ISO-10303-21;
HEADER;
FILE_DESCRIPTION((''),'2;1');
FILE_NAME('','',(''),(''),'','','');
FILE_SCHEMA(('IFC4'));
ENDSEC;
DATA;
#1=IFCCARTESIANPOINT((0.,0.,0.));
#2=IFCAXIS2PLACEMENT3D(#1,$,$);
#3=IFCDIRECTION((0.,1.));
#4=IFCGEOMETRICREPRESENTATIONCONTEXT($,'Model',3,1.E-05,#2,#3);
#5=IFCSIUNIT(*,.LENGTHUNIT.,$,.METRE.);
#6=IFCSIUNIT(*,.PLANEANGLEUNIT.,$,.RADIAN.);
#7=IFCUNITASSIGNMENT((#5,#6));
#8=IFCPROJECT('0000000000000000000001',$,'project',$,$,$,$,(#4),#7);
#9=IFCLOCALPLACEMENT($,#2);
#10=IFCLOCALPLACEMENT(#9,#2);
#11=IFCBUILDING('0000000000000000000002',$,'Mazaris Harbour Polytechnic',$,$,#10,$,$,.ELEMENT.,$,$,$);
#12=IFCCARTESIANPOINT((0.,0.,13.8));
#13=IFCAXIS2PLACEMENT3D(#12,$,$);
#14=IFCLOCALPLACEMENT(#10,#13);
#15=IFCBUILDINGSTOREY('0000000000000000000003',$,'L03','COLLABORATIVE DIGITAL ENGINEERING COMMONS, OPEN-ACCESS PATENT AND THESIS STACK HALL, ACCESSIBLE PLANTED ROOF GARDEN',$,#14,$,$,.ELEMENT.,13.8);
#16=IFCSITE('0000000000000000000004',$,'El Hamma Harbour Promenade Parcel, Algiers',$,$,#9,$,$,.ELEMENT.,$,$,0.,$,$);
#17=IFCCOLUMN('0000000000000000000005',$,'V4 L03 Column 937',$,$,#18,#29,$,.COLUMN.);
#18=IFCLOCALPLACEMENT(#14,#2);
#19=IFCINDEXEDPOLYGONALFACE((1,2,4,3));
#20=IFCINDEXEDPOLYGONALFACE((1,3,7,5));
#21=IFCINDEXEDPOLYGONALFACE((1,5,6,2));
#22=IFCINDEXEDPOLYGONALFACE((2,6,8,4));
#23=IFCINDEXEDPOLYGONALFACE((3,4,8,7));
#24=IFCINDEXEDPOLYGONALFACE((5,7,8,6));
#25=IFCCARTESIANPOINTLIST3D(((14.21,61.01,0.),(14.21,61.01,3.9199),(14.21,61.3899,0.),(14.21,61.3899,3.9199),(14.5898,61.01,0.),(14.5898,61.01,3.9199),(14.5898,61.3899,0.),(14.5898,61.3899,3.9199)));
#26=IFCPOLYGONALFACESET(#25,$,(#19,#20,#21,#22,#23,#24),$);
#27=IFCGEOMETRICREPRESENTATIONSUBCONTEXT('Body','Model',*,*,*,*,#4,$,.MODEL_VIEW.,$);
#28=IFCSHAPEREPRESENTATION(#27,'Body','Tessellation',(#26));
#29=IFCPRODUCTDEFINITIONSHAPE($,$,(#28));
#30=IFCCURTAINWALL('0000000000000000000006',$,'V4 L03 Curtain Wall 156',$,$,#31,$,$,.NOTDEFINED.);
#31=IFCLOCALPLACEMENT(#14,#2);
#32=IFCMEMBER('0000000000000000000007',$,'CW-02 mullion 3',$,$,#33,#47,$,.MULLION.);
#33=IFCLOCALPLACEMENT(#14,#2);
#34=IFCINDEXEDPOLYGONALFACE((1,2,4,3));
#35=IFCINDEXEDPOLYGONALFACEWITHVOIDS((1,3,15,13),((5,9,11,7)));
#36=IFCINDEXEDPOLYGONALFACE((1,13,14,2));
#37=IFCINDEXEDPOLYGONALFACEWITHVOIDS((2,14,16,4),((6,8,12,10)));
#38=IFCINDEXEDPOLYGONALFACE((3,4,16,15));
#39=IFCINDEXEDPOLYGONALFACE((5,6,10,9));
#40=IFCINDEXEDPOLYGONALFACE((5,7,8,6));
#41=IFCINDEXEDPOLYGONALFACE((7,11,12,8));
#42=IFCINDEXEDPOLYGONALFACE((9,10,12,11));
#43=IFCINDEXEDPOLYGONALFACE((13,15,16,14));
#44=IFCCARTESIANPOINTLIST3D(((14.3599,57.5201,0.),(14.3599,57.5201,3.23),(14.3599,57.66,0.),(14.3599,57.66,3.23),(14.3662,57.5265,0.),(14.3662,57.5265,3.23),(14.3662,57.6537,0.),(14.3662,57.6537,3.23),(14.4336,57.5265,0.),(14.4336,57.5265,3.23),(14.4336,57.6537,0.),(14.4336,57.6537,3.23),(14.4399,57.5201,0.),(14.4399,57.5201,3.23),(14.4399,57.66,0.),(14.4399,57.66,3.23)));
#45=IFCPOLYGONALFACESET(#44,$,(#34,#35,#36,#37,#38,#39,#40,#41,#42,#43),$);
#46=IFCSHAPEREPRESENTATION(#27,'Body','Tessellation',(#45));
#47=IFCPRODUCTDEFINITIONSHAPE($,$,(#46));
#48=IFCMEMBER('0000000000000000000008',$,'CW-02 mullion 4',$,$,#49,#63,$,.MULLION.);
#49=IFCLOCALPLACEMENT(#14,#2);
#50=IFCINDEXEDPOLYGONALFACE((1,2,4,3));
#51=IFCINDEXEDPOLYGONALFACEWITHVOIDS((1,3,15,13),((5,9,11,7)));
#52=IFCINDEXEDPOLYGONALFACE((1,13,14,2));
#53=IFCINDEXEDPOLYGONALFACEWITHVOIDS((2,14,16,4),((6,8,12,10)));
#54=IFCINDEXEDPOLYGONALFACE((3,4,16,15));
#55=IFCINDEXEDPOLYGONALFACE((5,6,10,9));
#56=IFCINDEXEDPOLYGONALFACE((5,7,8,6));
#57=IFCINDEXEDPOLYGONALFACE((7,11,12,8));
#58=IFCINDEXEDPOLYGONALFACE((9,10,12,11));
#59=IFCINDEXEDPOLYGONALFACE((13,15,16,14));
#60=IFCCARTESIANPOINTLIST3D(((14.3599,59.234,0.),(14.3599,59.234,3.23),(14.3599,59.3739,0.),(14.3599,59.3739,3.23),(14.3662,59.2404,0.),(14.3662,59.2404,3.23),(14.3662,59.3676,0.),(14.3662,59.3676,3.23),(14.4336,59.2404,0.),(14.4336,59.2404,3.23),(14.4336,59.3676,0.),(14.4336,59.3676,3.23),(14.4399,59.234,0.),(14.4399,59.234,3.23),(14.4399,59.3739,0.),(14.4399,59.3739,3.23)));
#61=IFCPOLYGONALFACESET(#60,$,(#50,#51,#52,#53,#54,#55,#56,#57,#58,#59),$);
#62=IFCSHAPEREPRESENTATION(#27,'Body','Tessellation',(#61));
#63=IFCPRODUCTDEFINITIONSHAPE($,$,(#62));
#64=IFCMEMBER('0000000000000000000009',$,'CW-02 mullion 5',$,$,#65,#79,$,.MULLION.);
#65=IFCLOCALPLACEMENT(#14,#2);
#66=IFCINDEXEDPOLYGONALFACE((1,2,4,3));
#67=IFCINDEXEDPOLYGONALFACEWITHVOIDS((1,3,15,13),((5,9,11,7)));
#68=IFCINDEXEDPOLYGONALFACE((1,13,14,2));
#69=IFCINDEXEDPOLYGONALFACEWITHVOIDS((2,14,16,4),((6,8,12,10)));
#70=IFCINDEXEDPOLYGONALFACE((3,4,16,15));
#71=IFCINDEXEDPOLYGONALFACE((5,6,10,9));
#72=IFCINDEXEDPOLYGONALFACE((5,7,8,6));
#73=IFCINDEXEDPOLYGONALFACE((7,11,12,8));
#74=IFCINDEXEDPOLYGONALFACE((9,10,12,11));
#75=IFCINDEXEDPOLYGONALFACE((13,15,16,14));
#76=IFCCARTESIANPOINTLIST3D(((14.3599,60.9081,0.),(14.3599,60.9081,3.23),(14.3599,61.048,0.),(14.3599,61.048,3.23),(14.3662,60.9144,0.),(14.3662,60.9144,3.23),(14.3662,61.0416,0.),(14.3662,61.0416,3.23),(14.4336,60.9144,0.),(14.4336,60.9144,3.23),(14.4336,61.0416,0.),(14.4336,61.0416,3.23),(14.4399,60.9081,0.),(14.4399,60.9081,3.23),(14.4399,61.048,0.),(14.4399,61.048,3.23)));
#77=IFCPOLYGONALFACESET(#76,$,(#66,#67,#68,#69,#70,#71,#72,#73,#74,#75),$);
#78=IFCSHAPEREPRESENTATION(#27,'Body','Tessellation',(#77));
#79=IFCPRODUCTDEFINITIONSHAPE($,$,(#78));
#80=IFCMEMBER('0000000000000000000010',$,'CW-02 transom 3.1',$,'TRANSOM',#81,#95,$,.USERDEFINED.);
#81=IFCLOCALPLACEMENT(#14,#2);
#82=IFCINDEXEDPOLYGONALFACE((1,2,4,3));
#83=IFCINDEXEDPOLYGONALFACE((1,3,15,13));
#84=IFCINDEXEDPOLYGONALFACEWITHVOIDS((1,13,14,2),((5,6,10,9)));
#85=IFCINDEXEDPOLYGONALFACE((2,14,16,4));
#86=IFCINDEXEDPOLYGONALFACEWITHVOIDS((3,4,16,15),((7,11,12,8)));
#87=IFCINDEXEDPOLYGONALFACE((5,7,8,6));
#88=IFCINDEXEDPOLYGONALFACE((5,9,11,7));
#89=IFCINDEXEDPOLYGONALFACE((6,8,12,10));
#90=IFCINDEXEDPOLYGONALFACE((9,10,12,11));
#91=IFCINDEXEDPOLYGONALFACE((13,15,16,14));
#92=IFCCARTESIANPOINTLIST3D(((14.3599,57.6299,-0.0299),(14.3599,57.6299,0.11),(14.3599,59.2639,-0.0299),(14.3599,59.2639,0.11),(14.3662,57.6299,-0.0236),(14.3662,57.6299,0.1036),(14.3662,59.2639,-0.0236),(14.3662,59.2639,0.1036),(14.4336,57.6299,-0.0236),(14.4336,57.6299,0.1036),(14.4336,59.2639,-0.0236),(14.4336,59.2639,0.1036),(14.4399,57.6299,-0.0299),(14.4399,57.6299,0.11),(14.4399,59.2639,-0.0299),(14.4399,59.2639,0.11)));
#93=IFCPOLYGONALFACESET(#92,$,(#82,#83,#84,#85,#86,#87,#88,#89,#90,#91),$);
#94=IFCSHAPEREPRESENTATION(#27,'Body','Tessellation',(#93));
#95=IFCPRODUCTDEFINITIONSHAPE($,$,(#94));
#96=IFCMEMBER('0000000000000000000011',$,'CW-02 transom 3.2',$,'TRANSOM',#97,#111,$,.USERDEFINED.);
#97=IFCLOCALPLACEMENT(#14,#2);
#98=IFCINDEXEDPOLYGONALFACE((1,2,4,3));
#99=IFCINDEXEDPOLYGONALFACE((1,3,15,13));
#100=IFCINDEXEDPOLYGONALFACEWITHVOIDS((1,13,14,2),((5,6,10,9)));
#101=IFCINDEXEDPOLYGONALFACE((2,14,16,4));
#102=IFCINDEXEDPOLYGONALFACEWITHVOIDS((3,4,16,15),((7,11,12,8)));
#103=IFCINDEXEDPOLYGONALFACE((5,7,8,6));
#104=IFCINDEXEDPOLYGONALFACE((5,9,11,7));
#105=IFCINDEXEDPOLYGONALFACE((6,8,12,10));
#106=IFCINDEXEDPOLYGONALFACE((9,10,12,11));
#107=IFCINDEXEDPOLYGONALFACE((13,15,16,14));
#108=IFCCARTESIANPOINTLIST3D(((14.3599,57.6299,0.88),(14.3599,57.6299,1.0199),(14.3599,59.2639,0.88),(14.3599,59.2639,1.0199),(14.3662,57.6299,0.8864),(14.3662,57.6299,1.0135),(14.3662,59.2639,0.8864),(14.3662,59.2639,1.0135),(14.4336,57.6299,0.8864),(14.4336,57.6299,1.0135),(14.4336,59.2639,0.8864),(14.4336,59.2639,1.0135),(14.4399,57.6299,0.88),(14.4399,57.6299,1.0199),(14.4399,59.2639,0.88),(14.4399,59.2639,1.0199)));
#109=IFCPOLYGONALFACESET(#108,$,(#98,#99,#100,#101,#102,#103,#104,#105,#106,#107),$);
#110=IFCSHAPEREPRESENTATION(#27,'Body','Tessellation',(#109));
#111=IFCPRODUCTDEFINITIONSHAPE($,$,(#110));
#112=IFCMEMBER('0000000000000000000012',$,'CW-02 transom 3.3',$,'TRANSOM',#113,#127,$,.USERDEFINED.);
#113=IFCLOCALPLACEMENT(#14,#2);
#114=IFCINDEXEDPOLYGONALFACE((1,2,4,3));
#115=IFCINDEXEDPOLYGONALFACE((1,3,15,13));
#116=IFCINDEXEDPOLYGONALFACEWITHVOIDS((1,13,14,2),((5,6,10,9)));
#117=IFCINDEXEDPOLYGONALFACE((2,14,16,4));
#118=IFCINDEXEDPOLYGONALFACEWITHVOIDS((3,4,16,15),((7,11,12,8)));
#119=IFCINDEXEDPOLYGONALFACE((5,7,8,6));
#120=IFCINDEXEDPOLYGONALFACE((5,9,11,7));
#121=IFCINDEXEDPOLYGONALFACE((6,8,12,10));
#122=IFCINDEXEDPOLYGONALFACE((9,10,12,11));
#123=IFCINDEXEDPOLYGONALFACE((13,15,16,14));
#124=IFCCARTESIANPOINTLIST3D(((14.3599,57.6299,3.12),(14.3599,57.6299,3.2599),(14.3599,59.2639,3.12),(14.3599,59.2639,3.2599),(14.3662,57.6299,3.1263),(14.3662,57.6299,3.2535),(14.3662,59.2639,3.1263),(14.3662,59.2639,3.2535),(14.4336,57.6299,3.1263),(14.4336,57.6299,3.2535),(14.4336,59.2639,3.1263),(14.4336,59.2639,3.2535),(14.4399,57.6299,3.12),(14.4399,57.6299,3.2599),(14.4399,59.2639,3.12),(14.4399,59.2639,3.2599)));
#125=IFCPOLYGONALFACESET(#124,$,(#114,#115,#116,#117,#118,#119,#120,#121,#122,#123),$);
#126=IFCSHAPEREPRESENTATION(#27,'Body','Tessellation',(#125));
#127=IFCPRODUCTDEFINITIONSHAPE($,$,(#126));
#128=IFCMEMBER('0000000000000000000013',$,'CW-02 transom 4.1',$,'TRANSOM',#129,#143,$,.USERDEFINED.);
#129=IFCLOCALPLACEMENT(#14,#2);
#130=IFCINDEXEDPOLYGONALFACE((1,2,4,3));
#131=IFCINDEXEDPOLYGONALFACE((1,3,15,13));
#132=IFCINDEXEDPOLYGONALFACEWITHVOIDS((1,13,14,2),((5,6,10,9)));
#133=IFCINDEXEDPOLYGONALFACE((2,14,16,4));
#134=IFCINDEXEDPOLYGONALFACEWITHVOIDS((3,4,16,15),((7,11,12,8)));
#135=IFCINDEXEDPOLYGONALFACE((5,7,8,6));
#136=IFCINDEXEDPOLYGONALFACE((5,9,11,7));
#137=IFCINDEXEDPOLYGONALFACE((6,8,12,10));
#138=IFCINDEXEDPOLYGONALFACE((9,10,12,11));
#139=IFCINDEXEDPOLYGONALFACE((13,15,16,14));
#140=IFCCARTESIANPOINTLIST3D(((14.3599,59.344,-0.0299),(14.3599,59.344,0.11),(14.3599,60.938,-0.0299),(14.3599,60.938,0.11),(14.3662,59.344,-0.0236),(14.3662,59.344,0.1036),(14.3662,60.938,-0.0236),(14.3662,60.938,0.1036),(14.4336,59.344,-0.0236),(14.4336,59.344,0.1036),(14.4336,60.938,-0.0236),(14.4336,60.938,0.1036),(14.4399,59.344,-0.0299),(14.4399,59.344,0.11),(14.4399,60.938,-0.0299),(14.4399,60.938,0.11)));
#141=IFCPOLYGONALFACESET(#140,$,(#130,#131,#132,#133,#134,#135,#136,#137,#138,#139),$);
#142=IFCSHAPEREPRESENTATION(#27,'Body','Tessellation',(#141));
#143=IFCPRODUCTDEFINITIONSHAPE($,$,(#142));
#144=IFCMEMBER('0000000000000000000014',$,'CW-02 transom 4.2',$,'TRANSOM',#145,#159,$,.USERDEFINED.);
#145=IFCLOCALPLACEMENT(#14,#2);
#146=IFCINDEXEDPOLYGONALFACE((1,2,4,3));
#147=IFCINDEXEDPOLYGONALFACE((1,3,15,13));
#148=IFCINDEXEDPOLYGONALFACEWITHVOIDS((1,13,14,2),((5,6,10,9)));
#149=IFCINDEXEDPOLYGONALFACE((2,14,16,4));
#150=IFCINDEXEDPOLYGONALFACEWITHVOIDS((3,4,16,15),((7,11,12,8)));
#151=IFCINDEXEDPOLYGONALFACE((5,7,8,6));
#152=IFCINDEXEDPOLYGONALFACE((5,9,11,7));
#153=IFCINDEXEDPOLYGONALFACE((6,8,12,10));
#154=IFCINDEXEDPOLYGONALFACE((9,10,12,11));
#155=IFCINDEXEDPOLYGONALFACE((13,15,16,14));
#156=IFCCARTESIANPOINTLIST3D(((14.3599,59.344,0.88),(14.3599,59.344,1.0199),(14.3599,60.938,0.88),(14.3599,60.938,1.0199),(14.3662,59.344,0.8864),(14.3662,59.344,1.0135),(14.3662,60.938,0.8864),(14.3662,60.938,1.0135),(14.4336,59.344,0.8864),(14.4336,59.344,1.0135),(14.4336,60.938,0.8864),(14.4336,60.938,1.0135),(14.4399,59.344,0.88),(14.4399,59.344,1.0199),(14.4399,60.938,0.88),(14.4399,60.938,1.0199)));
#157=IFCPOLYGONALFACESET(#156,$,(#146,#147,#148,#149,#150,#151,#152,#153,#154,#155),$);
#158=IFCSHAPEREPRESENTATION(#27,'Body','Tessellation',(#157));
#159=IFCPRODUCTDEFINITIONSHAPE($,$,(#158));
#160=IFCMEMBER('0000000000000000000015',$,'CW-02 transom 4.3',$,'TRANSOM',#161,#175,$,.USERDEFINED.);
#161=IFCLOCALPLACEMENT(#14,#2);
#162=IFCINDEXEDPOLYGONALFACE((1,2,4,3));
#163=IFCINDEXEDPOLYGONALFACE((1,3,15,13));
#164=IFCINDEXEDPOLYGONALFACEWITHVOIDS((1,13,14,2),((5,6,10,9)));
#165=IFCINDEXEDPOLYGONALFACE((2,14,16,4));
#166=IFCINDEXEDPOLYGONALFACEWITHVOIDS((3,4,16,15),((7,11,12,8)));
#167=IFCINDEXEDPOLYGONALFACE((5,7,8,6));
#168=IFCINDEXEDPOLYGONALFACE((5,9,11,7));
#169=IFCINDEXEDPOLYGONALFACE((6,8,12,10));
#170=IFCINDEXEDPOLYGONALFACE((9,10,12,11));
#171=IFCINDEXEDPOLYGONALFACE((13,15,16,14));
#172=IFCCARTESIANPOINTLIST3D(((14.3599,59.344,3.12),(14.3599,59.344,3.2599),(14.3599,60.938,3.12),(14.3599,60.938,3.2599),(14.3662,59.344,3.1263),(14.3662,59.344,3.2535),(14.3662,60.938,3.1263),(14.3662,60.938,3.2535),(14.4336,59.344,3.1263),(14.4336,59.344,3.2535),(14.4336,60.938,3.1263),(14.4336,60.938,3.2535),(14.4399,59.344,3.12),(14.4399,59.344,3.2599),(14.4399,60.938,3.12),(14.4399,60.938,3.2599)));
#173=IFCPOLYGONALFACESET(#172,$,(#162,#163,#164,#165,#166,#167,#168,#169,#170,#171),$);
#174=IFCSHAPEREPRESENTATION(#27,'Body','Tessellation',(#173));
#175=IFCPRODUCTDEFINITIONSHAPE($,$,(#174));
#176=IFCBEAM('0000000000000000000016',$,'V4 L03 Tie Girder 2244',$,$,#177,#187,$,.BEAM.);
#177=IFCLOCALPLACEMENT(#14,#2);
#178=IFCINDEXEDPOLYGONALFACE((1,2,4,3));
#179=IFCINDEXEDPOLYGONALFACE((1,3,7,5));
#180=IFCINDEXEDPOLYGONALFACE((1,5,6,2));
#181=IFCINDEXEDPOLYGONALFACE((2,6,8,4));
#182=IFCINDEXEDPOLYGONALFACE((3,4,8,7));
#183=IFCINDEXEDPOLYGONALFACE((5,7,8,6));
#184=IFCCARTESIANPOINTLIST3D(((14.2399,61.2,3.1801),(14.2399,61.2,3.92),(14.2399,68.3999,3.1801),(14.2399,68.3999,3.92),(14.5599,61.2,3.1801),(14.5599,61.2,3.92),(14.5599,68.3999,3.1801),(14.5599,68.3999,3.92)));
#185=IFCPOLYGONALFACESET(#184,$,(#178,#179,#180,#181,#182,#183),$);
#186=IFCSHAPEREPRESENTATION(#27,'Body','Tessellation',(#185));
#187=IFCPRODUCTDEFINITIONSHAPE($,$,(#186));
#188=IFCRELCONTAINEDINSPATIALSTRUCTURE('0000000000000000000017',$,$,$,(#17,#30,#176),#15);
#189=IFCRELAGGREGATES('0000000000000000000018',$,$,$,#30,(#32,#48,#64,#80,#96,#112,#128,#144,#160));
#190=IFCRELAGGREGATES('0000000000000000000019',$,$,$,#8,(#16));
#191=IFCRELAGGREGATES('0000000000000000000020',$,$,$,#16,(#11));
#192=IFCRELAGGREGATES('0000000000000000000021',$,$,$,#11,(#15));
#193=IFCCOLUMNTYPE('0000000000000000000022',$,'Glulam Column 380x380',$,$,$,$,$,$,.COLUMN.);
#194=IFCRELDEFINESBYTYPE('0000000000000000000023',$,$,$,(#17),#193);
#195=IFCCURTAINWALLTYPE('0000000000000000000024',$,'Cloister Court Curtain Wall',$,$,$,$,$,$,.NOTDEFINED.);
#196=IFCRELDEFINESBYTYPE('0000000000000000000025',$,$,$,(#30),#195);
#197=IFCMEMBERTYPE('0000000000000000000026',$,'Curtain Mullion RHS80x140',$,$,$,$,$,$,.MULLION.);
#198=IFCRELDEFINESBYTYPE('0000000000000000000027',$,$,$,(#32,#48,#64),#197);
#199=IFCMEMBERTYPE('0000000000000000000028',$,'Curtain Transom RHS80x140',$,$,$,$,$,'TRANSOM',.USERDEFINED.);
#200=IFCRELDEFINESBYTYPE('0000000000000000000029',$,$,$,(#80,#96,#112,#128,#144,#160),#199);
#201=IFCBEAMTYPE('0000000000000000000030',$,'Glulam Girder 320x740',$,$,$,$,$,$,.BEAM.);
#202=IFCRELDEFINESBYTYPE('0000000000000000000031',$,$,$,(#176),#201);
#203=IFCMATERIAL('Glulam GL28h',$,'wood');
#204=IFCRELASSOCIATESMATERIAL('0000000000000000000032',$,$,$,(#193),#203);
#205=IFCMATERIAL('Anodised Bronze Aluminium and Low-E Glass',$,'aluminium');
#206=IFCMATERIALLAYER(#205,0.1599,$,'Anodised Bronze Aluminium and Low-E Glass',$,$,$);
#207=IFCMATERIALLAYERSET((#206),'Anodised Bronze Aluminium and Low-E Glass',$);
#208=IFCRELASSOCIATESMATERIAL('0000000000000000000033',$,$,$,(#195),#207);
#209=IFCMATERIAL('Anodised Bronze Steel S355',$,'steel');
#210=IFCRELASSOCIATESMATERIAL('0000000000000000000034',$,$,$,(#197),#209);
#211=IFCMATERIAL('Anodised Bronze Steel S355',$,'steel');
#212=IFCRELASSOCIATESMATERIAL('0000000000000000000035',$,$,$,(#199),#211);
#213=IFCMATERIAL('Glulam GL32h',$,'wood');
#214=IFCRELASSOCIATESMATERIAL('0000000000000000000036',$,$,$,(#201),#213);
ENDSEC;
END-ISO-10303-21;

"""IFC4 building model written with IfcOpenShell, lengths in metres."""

from ifc_helpers import new_model, si_unit, direction, frame, origin, origin_2d, place, context, subcontext, project, spatial, rectangle, hollow_rectangle, extrude, material, layer, layer_set, material_profile, profile_set, type_object, element, aggregate, save


model = new_model("IFC4")

# Units and contexts
model_context = context("Model", 3, precision=1e-05, world=origin(), true_north=direction((0.0, 1.0)))
body_context = subcontext(model_context, "Body", "Model", "MODEL_VIEW")
ifc_project = project(units=[si_unit("LENGTHUNIT", "METRE"), si_unit("PLANEANGLEUNIT", "RADIAN")], contexts=[model_context])

# Site, building, storey
site_placement = place(None, origin())
site = spatial("IfcSite", under=ifc_project, at=site_placement, Name="El Hamma Harbour Promenade Parcel, Algiers", CompositionType="ELEMENT", RefElevation=0.0)
building_placement = place(site_placement, origin())
building = spatial("IfcBuilding", under=site, at=building_placement, Name="Mazaris Harbour Polytechnic", CompositionType="ELEMENT")
storey_placement = place(building_placement, frame((0.0, 0.0, 13.8)))
storey = spatial("IfcBuildingStorey", under=building, at=storey_placement, Name="L03", Description="COLLABORATIVE DIGITAL ENGINEERING COMMONS, OPEN-ACCESS PATENT AND THESIS STACK HALL, ACCESSIBLE PLANTED ROOF GARDEN", CompositionType="ELEMENT", Elevation=13.8)

# Column
ifc_material_1 = material(Name="Glulam GL28h", Category="wood")
ifc_material_profile_1 = material_profile(ifc_material_1, rectangle(XDim=0.3799, YDim=0.3799, at=origin_2d()), Name="RECT380x380")
ifc_profile_set_1 = profile_set([ifc_material_profile_1], Name="Glulam GL28h")
column_type = type_object("IfcColumnType", Name="Glulam Column 380x380", PredefinedType="COLUMN", material=ifc_profile_set_1)
column_placement = place(storey_placement, frame((14.3999, 61.2, 0.0), z_axis=(0.0, 0.0, 1.0), x_axis=(1.0, 0.0, 0.0)))
element("IfcColumn", 1, at=column_placement, inside=storey, type_object=column_type, Name="V4 L03 Column 937", PredefinedType="COLUMN", context=body_context, shape_type="SweptSolid", body=[
    extrude(rectangle(XDim=0.3799, YDim=0.3799, at=origin_2d()), origin(), (0.0, 0.0, 1.0), 3.9199),
])

# Curtain wall, members
ifc_material_2 = material(Name="Anodised Bronze Aluminium and Low-E Glass", Category="aluminium")
ifc_layer_1 = layer(ifc_material_2, 0.1599, Name="Anodised Bronze Aluminium and Low-E Glass")
ifc_layer_set_1 = layer_set([ifc_layer_1], Name="Anodised Bronze Aluminium and Low-E Glass")
curtain_wall_type = type_object("IfcCurtainWallType", Name="Cloister Court Curtain Wall", PredefinedType="NOTDEFINED", material=ifc_layer_set_1)
curtain_wall_placement = place(storey_placement, origin())
curtain_wall = element("IfcCurtainWall", 2, at=curtain_wall_placement, inside=storey, type_object=curtain_wall_type, Name="V4 L03 Curtain Wall 156", PredefinedType="NOTDEFINED")
ifc_material_3 = material(Name="Anodised Bronze Steel S355", Category="steel")
ifc_material_profile_2 = material_profile(ifc_material_3, hollow_rectangle(XDim=0.0801, YDim=0.1399, WallThickness=0.0063, at=origin_2d()), Name="RHS 80x140x6.3")
ifc_profile_set_2 = profile_set([ifc_material_profile_2], Name="Anodised Bronze Steel S355")
member_type_1 = type_object("IfcMemberType", Name="Curtain Mullion RHS80x140", PredefinedType="MULLION", material=ifc_profile_set_2)
member_1_placement = place(storey_placement, frame((14.3999, 57.5901, 0.0), z_axis=(0.0, 0.0, 1.0), x_axis=(-1.0, 0.0, 0.0)))
member_1 = element("IfcMember", 3, at=member_1_placement, type_object=member_type_1, Name="CW-02 mullion 3", PredefinedType="MULLION", context=body_context, shape_type="SweptSolid", body=[
    extrude(hollow_rectangle(XDim=0.0801, YDim=0.1399, WallThickness=0.0063, at=origin_2d()), origin(), (0.0, 0.0, 1.0), 3.23),
])
member_2_placement = place(storey_placement, frame((14.3999, 59.304, 0.0), z_axis=(0.0, 0.0, 1.0), x_axis=(-1.0, 0.0, 0.0)))
member_2 = element("IfcMember", 4, at=member_2_placement, type_object=member_type_1, Name="CW-02 mullion 4", PredefinedType="MULLION", context=body_context, shape_type="SweptSolid", body=[
    extrude(hollow_rectangle(XDim=0.0801, YDim=0.1399, WallThickness=0.0063, at=origin_2d()), origin(), (0.0, 0.0, 1.0), 3.23),
])
member_3_placement = place(storey_placement, frame((14.3999, 60.978, 0.0), z_axis=(0.0, 0.0, 1.0), x_axis=(-1.0, 0.0, 0.0)))
member_3 = element("IfcMember", 5, at=member_3_placement, type_object=member_type_1, Name="CW-02 mullion 5", PredefinedType="MULLION", context=body_context, shape_type="SweptSolid", body=[
    extrude(hollow_rectangle(XDim=0.0801, YDim=0.1399, WallThickness=0.0063, at=origin_2d()), origin(), (0.0, 0.0, 1.0), 3.23),
])
ifc_material_4 = material(Name="Anodised Bronze Steel S355", Category="steel")
ifc_material_profile_3 = material_profile(ifc_material_4, hollow_rectangle(XDim=0.0801, YDim=0.1399, WallThickness=0.0063, at=origin_2d()), Name="RHS 80x140x6.3")
ifc_profile_set_3 = profile_set([ifc_material_profile_3], Name="Anodised Bronze Steel S355")
member_type_2 = type_object("IfcMemberType", Name="Curtain Transom RHS80x140", ElementType="TRANSOM", PredefinedType="USERDEFINED", material=ifc_profile_set_3)
member_4_placement = place(storey_placement, frame((14.3999, 57.6299, 0.04), z_axis=(0.0, 1.0, 0.0), x_axis=(-1.0, 0.0, 0.0)))
member_4 = element("IfcMember", 6, at=member_4_placement, type_object=member_type_2, Name="CW-02 transom 3.1", ObjectType="TRANSOM", PredefinedType="USERDEFINED", context=body_context, shape_type="SweptSolid", body=[
    extrude(hollow_rectangle(XDim=0.0801, YDim=0.1399, WallThickness=0.0063, at=origin_2d()), origin(), (0.0, 0.0, 1.0), 1.634),
])
member_5_placement = place(storey_placement, frame((14.3999, 57.6299, 0.95), z_axis=(0.0, 1.0, 0.0), x_axis=(-1.0, 0.0, 0.0)))
member_5 = element("IfcMember", 7, at=member_5_placement, type_object=member_type_2, Name="CW-02 transom 3.2", ObjectType="TRANSOM", PredefinedType="USERDEFINED", context=body_context, shape_type="SweptSolid", body=[
    extrude(hollow_rectangle(XDim=0.0801, YDim=0.1399, WallThickness=0.0063, at=origin_2d()), origin(), (0.0, 0.0, 1.0), 1.634),
])
member_6_placement = place(storey_placement, frame((14.3999, 57.6299, 3.1899), z_axis=(0.0, 1.0, 0.0), x_axis=(-1.0, 0.0, 0.0)))
member_6 = element("IfcMember", 8, at=member_6_placement, type_object=member_type_2, Name="CW-02 transom 3.3", ObjectType="TRANSOM", PredefinedType="USERDEFINED", context=body_context, shape_type="SweptSolid", body=[
    extrude(hollow_rectangle(XDim=0.0801, YDim=0.1399, WallThickness=0.0063, at=origin_2d()), origin(), (0.0, 0.0, 1.0), 1.634),
])
member_7_placement = place(storey_placement, frame((14.3999, 59.344, 0.04), z_axis=(0.0, 1.0, 0.0), x_axis=(-1.0, 0.0, 0.0)))
member_7 = element("IfcMember", 9, at=member_7_placement, type_object=member_type_2, Name="CW-02 transom 4.1", ObjectType="TRANSOM", PredefinedType="USERDEFINED", context=body_context, shape_type="SweptSolid", body=[
    extrude(hollow_rectangle(XDim=0.0801, YDim=0.1399, WallThickness=0.0063, at=origin_2d()), origin(), (0.0, 0.0, 1.0), 1.594),
])
member_8_placement = place(storey_placement, frame((14.3999, 59.344, 0.95), z_axis=(0.0, 1.0, 0.0), x_axis=(-1.0, 0.0, 0.0)))
member_8 = element("IfcMember", 10, at=member_8_placement, type_object=member_type_2, Name="CW-02 transom 4.2", ObjectType="TRANSOM", PredefinedType="USERDEFINED", context=body_context, shape_type="SweptSolid", body=[
    extrude(hollow_rectangle(XDim=0.0801, YDim=0.1399, WallThickness=0.0063, at=origin_2d()), origin(), (0.0, 0.0, 1.0), 1.594),
])
member_9_placement = place(storey_placement, frame((14.3999, 59.344, 3.1899), z_axis=(0.0, 1.0, 0.0), x_axis=(-1.0, 0.0, 0.0)))
member_9 = element("IfcMember", 11, at=member_9_placement, type_object=member_type_2, Name="CW-02 transom 4.3", ObjectType="TRANSOM", PredefinedType="USERDEFINED", context=body_context, shape_type="SweptSolid", body=[
    extrude(hollow_rectangle(XDim=0.0801, YDim=0.1399, WallThickness=0.0063, at=origin_2d()), origin(), (0.0, 0.0, 1.0), 1.594),
])

# Beam
ifc_material_5 = material(Name="Glulam GL32h", Category="wood")
ifc_material_profile_4 = material_profile(ifc_material_5, rectangle(XDim=0.3201, YDim=0.74, at=origin_2d()), Name="RECT320x740")
ifc_profile_set_4 = profile_set([ifc_material_profile_4], Name="Glulam GL32h")
beam_type = type_object("IfcBeamType", Name="Glulam Girder 320x740", PredefinedType="BEAM", material=ifc_profile_set_4)
beam_placement = place(storey_placement, frame((14.3999, 61.2, 3.55), z_axis=(0.0, 1.0, 0.0), x_axis=(-1.0, 0.0, 0.0)))
element("IfcBeam", 12, at=beam_placement, inside=storey, type_object=beam_type, Name="V4 L03 Tie Girder 2244", PredefinedType="BEAM", context=body_context, shape_type="SweptSolid", body=[
    extrude(rectangle(XDim=0.3201, YDim=0.74, at=origin_2d()), origin(), (0.0, 0.0, 1.0), 7.2),
])

aggregate(curtain_wall, [member_1, member_2, member_3, member_4, member_5, member_6, member_7, member_8, member_9])

save(model, "model.ifc")
